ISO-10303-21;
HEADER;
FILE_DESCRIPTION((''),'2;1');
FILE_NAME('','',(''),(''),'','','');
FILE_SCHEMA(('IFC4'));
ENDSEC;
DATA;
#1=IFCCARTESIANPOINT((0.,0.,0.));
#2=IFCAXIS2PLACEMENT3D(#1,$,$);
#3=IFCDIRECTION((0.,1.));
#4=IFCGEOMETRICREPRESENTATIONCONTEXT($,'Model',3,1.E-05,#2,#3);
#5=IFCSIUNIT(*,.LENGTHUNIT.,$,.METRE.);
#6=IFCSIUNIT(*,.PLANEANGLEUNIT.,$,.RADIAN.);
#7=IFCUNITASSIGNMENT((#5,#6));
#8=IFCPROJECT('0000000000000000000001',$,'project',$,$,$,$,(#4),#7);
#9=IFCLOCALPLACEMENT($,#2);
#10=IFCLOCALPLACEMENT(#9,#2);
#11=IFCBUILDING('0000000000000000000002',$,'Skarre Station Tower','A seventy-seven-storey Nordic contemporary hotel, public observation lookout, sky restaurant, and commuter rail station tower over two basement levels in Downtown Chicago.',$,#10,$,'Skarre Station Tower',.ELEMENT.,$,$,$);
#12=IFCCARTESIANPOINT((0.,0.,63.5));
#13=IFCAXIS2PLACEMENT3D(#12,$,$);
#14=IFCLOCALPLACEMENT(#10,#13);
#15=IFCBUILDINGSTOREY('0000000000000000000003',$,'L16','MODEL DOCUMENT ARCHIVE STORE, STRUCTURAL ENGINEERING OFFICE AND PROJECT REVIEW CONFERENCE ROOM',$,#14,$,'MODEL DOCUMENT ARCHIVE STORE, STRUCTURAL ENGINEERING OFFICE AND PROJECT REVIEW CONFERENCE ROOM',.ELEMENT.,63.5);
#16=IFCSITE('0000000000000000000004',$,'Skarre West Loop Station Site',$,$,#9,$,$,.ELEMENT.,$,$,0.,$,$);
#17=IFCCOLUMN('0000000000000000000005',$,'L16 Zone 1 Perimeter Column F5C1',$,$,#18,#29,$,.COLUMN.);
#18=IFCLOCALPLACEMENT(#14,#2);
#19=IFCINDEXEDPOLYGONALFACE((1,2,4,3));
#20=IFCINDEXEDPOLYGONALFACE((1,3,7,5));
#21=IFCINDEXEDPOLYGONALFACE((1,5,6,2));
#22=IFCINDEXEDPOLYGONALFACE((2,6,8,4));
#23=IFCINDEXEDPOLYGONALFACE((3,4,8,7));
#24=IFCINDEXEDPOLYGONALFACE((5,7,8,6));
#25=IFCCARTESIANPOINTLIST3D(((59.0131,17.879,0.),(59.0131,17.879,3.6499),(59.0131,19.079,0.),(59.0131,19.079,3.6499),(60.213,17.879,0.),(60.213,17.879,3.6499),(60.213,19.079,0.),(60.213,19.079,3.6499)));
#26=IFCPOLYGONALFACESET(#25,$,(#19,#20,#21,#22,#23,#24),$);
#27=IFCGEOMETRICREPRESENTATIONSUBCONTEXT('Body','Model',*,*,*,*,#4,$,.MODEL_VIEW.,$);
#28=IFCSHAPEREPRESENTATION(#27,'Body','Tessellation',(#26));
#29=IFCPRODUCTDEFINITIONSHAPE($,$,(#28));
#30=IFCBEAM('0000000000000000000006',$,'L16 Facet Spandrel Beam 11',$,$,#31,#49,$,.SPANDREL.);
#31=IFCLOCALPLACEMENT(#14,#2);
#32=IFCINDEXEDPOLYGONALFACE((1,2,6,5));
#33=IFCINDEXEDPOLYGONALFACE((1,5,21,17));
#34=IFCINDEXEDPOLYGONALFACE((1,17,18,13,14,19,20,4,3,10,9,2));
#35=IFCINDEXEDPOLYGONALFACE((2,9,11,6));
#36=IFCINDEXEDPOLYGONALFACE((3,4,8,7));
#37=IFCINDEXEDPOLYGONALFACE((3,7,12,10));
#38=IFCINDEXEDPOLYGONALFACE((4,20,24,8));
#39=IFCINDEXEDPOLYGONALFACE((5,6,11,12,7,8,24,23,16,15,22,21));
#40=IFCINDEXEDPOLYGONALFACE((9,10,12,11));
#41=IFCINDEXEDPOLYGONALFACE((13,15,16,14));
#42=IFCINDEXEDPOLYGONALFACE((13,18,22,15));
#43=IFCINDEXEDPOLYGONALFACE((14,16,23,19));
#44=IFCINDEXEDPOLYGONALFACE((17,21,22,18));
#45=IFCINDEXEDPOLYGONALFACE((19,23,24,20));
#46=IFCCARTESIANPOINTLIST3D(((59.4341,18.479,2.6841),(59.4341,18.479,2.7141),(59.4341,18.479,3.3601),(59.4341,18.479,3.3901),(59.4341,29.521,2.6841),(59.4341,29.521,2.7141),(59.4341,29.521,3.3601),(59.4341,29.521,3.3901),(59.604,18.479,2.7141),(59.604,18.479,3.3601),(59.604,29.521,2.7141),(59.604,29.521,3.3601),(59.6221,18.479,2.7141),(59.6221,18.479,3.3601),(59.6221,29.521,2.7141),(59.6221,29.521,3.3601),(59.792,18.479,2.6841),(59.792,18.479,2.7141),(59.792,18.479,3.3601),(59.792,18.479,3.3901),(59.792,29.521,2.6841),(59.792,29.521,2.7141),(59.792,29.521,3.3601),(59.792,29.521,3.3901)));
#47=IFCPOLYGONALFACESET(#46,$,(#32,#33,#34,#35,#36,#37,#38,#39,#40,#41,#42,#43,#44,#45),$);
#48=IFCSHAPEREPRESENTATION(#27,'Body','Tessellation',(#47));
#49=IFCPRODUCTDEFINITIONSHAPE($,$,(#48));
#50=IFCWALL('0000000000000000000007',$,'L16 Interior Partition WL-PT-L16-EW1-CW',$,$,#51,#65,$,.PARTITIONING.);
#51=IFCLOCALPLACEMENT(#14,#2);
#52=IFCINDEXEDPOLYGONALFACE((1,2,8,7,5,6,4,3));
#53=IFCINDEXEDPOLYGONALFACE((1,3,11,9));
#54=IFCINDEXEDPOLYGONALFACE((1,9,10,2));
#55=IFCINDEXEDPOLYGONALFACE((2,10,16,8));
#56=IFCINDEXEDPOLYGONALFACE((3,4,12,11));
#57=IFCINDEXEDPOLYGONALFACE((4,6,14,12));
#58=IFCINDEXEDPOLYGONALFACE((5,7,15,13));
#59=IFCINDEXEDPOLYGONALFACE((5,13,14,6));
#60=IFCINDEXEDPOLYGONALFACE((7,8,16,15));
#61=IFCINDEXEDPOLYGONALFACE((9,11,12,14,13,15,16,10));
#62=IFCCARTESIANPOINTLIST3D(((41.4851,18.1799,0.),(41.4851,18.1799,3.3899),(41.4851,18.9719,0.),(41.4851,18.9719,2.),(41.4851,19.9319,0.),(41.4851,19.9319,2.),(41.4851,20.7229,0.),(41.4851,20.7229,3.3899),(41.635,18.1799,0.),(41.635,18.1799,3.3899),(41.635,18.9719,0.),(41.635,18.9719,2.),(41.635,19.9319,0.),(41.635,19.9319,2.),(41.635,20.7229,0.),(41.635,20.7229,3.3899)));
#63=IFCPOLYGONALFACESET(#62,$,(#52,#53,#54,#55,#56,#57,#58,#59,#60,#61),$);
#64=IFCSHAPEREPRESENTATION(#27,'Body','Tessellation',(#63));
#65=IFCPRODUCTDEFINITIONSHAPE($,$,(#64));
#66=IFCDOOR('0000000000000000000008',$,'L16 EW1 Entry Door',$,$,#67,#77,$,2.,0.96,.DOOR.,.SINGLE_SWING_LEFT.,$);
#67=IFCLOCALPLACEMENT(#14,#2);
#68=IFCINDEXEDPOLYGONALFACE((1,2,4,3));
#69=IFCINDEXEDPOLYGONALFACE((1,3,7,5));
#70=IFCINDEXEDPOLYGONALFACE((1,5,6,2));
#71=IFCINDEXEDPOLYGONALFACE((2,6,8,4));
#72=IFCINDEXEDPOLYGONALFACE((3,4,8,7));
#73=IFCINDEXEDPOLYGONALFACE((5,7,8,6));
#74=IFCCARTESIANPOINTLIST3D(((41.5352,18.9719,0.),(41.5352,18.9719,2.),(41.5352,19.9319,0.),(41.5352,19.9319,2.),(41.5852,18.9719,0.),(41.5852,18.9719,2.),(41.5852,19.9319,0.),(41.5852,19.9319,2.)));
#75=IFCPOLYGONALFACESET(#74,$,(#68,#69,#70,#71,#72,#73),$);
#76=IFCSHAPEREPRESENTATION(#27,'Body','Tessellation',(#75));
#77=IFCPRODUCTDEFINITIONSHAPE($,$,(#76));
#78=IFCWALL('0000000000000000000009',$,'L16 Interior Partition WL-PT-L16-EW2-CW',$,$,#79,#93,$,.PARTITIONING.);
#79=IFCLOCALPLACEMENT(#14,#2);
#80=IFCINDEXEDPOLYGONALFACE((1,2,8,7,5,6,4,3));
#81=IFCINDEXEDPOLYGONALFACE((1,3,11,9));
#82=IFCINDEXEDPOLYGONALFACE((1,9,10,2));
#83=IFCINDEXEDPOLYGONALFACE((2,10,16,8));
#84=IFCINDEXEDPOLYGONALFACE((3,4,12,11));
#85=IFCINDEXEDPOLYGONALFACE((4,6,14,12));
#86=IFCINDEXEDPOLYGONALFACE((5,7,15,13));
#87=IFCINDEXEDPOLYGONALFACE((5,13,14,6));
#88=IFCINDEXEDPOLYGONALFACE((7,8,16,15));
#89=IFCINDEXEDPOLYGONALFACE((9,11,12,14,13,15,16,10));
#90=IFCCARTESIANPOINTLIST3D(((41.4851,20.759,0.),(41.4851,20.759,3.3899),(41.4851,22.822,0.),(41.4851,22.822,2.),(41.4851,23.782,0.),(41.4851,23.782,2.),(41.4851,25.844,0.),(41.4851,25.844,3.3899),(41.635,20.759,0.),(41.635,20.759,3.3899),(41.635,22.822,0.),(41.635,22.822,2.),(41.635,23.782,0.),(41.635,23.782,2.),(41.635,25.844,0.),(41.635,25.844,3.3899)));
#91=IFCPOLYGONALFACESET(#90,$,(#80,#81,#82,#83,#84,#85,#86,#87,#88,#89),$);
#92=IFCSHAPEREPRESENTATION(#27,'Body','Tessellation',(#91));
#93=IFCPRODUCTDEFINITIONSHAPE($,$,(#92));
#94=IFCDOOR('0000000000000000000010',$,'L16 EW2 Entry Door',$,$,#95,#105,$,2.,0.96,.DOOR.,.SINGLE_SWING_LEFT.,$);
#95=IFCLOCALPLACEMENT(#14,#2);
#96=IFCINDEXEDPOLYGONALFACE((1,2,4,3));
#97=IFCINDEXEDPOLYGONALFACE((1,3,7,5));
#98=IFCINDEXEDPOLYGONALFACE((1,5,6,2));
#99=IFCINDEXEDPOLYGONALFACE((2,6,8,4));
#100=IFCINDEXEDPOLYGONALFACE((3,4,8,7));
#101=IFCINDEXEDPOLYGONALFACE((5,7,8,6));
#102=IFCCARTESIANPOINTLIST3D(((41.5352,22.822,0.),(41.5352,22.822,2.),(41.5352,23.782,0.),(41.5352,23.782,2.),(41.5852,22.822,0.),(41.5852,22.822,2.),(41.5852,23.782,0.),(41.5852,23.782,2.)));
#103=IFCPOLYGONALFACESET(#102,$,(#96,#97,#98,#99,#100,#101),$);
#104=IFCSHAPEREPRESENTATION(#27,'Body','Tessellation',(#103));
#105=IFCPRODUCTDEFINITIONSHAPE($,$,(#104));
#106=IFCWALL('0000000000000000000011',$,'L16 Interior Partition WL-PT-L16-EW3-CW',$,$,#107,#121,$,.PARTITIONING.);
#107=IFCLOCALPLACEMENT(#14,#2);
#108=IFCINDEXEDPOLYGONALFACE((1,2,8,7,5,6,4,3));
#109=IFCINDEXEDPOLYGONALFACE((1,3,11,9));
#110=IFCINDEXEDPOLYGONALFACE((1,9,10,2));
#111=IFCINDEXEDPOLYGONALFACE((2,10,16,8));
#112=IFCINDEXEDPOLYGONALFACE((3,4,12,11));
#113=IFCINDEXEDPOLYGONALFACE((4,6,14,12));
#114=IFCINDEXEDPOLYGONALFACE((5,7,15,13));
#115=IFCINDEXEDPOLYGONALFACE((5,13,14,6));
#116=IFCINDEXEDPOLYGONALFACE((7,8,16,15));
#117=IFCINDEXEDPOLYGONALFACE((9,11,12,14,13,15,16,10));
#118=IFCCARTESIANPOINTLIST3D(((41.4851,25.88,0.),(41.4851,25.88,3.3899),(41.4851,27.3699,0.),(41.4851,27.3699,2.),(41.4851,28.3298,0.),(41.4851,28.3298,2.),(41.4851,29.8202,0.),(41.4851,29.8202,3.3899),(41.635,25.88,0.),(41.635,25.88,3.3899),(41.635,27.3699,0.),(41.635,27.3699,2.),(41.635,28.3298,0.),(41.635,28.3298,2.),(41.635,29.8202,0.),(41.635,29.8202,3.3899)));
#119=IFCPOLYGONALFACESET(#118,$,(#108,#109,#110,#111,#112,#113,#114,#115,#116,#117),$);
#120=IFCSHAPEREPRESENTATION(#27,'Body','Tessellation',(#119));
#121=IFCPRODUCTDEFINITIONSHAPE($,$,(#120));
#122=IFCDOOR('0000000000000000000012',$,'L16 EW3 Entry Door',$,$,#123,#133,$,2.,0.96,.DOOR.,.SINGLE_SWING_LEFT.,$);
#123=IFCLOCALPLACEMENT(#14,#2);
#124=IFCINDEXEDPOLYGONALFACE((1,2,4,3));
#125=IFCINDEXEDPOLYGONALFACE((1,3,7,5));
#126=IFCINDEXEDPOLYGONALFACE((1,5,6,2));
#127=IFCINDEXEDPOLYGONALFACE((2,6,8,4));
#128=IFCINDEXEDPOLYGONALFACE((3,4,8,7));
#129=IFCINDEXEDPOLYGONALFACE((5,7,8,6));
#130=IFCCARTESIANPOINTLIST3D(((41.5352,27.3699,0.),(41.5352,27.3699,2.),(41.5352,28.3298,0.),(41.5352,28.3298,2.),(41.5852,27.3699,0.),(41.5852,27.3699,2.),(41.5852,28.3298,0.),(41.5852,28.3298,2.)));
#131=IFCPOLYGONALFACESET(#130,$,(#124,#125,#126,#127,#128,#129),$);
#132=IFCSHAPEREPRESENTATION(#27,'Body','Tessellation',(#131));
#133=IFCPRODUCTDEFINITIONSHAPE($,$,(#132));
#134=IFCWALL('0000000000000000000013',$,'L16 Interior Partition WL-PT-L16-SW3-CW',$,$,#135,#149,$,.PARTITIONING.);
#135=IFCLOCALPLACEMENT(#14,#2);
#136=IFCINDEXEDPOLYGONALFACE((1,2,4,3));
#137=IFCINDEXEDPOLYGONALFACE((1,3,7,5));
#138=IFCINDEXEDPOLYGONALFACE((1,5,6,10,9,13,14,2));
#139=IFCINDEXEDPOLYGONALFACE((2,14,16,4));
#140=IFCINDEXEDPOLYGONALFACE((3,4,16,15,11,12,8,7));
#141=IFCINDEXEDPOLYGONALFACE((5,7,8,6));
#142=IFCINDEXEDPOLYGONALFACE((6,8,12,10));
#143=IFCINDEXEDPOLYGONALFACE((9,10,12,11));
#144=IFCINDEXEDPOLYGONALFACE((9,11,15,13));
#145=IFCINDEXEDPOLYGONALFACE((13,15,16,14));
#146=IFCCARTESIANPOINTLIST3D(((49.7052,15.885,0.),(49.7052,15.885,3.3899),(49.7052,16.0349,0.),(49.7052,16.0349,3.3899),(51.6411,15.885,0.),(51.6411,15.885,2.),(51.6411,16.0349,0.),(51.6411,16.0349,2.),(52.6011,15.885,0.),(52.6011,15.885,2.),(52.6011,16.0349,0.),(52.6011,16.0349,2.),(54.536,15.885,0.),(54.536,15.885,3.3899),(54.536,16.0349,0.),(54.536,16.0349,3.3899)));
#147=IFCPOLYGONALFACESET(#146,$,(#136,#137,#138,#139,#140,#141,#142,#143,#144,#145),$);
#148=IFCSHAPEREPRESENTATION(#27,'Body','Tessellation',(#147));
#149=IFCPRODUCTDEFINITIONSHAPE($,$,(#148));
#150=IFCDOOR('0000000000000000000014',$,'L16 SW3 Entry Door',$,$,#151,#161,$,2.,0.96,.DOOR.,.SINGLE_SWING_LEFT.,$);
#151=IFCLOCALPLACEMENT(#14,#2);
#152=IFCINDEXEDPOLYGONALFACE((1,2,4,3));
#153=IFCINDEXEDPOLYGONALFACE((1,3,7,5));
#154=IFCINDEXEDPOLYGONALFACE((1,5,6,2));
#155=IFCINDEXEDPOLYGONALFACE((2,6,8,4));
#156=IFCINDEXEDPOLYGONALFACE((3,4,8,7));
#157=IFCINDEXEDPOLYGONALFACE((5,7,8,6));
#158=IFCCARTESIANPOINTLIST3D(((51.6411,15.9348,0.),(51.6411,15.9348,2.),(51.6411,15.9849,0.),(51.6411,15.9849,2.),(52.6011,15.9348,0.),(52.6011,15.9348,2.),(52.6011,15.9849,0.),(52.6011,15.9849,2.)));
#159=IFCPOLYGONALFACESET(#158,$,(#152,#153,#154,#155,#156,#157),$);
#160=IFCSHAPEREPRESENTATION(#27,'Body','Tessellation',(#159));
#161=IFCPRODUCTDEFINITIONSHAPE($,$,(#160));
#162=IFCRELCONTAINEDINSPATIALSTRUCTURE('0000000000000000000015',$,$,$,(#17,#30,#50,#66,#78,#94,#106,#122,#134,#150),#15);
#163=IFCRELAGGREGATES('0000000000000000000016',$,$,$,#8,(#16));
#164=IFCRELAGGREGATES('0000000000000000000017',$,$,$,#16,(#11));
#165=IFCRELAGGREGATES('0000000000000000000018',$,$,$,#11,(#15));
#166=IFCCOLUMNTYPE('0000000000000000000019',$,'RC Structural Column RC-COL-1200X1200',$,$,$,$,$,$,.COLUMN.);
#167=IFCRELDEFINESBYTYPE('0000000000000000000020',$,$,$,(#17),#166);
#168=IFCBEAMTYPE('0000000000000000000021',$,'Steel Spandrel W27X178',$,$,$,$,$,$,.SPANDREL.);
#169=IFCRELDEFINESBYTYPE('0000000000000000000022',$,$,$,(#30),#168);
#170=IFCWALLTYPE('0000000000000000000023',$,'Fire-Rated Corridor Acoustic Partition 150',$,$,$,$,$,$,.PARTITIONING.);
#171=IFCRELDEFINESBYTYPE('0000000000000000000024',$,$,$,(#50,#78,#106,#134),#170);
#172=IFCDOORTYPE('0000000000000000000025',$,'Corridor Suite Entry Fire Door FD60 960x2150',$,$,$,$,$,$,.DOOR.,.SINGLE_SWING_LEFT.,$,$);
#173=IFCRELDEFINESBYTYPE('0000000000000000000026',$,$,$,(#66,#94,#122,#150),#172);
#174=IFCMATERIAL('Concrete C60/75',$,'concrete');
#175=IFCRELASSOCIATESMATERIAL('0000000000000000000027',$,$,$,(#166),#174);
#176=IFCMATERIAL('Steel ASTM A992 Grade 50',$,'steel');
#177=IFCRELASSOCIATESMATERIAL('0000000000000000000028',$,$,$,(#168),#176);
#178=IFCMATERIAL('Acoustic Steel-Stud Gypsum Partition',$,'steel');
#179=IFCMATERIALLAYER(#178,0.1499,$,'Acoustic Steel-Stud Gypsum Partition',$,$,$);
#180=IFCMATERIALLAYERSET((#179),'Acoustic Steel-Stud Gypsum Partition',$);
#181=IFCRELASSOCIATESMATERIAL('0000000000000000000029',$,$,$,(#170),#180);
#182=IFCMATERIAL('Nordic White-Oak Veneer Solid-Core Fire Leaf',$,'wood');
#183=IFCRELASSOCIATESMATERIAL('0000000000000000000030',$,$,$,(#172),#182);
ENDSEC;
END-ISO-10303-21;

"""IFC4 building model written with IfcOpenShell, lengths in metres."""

from ifc_helpers import new_model, si_unit, direction, frame, frame_2d, origin, origin_2d, place, context, subcontext, project, spatial, rectangle, i_section, extrude, material, layer, layer_set, material_profile, profile_set, type_object, element, fill, save


model = new_model("IFC4")

# Units and contexts
model_context = context("Model", 3, precision=1e-05, world=origin(), true_north=direction((0.0, 1.0)))
body_context = subcontext(model_context, "Body", "Model", "MODEL_VIEW")
ifc_project = project(units=[si_unit("LENGTHUNIT", "METRE"), si_unit("PLANEANGLEUNIT", "RADIAN")], contexts=[model_context])

# Site, building, storey
site_placement = place(None, origin())
site = spatial("IfcSite", under=ifc_project, at=site_placement, Name="Skarre West Loop Station Site", CompositionType="ELEMENT", RefElevation=0.0)
building_placement = place(site_placement, origin())
building = spatial("IfcBuilding", under=site, at=building_placement, Name="Skarre Station Tower", Description="A seventy-seven-storey Nordic contemporary hotel, public observation lookout, sky restaurant, and commuter rail station tower over two basement levels in Downtown Chicago.", LongName="Skarre Station Tower", CompositionType="ELEMENT")
storey_placement = place(building_placement, frame((0.0, 0.0, 63.5)))
storey = spatial("IfcBuildingStorey", under=building, at=storey_placement, Name="L16", Description="MODEL DOCUMENT ARCHIVE STORE, STRUCTURAL ENGINEERING OFFICE AND PROJECT REVIEW CONFERENCE ROOM", LongName="MODEL DOCUMENT ARCHIVE STORE, STRUCTURAL ENGINEERING OFFICE AND PROJECT REVIEW CONFERENCE ROOM", CompositionType="ELEMENT", Elevation=63.5)

# Column
ifc_material_1 = material(Name="Concrete C60/75", Category="concrete")
ifc_material_profile_1 = material_profile(ifc_material_1, rectangle(XDim=1.2, YDim=1.2, at=origin_2d()), Name="Concrete C60/75")
ifc_profile_set_1 = profile_set([ifc_material_profile_1], Name="Concrete C60/75")
column_type = type_object("IfcColumnType", Name="RC Structural Column RC-COL-1200X1200", PredefinedType="COLUMN", material=ifc_profile_set_1)
column_placement = place(storey_placement, frame((59.613, 18.479, 0.0), z_axis=(0.0, 0.0, 1.0), x_axis=(1.0, 0.0, 0.0)))
element("IfcColumn", 1, at=column_placement, inside=storey, type_object=column_type, Name="L16 Zone 1 Perimeter Column F5C1", PredefinedType="COLUMN", context=body_context, shape_type="SweptSolid", body=[
    extrude(rectangle(XDim=1.2, YDim=1.2, at=origin_2d()), origin(), (0.0, 0.0, 1.0), 3.6499),
])

# Beam
ifc_material_2 = material(Name="Steel ASTM A992 Grade 50", Category="steel")
ifc_material_profile_2 = material_profile(ifc_material_2, i_section(OverallWidth=0.3579, OverallDepth=0.7061, WebThickness=0.0181, FlangeThickness=0.03, at=origin_2d()), Name="Steel ASTM A992 Grade 50")
ifc_profile_set_2 = profile_set([ifc_material_profile_2], Name="Steel ASTM A992 Grade 50")
beam_type = type_object("IfcBeamType", Name="Steel Spandrel W27X178", PredefinedType="SPANDREL", material=ifc_profile_set_2)
beam_placement = place(storey_placement, frame((59.613, 18.479, 3.0371), z_axis=(0.0, 1.0, 0.0), x_axis=(-1.0, 0.0, 0.0)))
element("IfcBeam", 2, at=beam_placement, inside=storey, type_object=beam_type, Name="L16 Facet Spandrel Beam 11", PredefinedType="SPANDREL", context=body_context, shape_type="SweptSolid", body=[
    extrude(i_section(OverallWidth=0.3579, OverallDepth=0.7061, WebThickness=0.0181, FlangeThickness=0.03, at=origin_2d()), origin(), (0.0, 0.0, 1.0), 11.042),
])

# Walls, openings, doors
ifc_material_3 = material(Name="Acoustic Steel-Stud Gypsum Partition", Category="steel")
ifc_layer_1 = layer(ifc_material_3, 0.1499, Name="Acoustic Steel-Stud Gypsum Partition")
ifc_layer_set_1 = layer_set([ifc_layer_1], Name="Acoustic Steel-Stud Gypsum Partition")
wall_type_1 = type_object("IfcWallType", Name="Fire-Rated Corridor Acoustic Partition 150", PredefinedType="PARTITIONING", material=ifc_layer_set_1)
wall_1_placement = place(storey_placement, frame((41.5601, 18.1799, 0.0), z_axis=(0.0, 0.0, 1.0), x_axis=(0.0, 1.0, 0.0)))
wall_1 = element("IfcWall", 3, at=wall_1_placement, inside=storey, type_object=wall_type_1, Name="L16 Interior Partition WL-PT-L16-EW1-CW", PredefinedType="PARTITIONING", context=body_context, shape_type="SweptSolid", body=[
    extrude(rectangle(XDim=2.543, YDim=0.1499, at=frame_2d((1.2715, 0.0))), origin(), (0.0, 0.0, 1.0), 3.3899),
])
opening_1_placement = place(wall_1_placement, frame((0.792, 0.0, 0.0)))
opening_1 = element("IfcOpeningElement", 4, at=opening_1_placement, cuts=wall_1, PredefinedType="OPENING", context=body_context, shape_type="SweptSolid", body=[
    extrude(rectangle(XDim=0.96, YDim=2.0, at=frame_2d((0.48, 1.0))), frame((0.0, 0.085, 0.0), z_axis=(0.0, -1.0, 0.0), x_axis=(1.0, 0.0, 0.0)), (0.0, 0.0, 1.0), 0.1699),
])
ifc_material_4 = material(Name="Nordic White-Oak Veneer Solid-Core Fire Leaf", Category="wood")
door_type = type_object("IfcDoorType", Name="Corridor Suite Entry Fire Door FD60 960x2150", OperationType="SINGLE_SWING_LEFT", PredefinedType="DOOR", material=ifc_material_4)
door_1_placement = place(opening_1_placement, origin())
door_1 = element("IfcDoor", 5, at=door_1_placement, inside=storey, type_object=door_type, Name="L16 EW1 Entry Door", OperationType="SINGLE_SWING_LEFT", OverallHeight=2.0, OverallWidth=0.96, PredefinedType="DOOR", context=body_context, shape_type="SweptSolid", body=[
    extrude(rectangle(XDim=0.96, YDim=2.0, at=frame_2d((0.48, 1.0))), frame((0.0, 0.0249, 0.0), z_axis=(0.0, -1.0, 0.0), x_axis=(1.0, 0.0, 0.0)), (0.0, 0.0, 1.0), 0.05),
])
fill(opening_1, door_1)
wall_2_placement = place(storey_placement, frame((41.5601, 20.759, 0.0), z_axis=(0.0, 0.0, 1.0), x_axis=(0.0, 1.0, 0.0)))
wall_2 = element("IfcWall", 6, at=wall_2_placement, inside=storey, type_object=wall_type_1, Name="L16 Interior Partition WL-PT-L16-EW2-CW", PredefinedType="PARTITIONING", context=body_context, shape_type="SweptSolid", body=[
    extrude(rectangle(XDim=5.085, YDim=0.1499, at=frame_2d((2.5425, 0.0))), origin(), (0.0, 0.0, 1.0), 3.3899),
])
opening_2_placement = place(wall_2_placement, frame((2.063, 0.0, 0.0)))
opening_2 = element("IfcOpeningElement", 7, at=opening_2_placement, cuts=wall_2, PredefinedType="OPENING", context=body_context, shape_type="SweptSolid", body=[
    extrude(rectangle(XDim=0.96, YDim=2.0, at=frame_2d((0.48, 1.0))), frame((0.0, 0.085, 0.0), z_axis=(0.0, -1.0, 0.0), x_axis=(1.0, 0.0, 0.0)), (0.0, 0.0, 1.0), 0.1699),
])
door_2_placement = place(opening_2_placement, origin())
door_2 = element("IfcDoor", 8, at=door_2_placement, inside=storey, type_object=door_type, Name="L16 EW2 Entry Door", OperationType="SINGLE_SWING_LEFT", OverallHeight=2.0, OverallWidth=0.96, PredefinedType="DOOR", context=body_context, shape_type="SweptSolid", body=[
    extrude(rectangle(XDim=0.96, YDim=2.0, at=frame_2d((0.48, 1.0))), frame((0.0, 0.0249, 0.0), z_axis=(0.0, -1.0, 0.0), x_axis=(1.0, 0.0, 0.0)), (0.0, 0.0, 1.0), 0.05),
])
fill(opening_2, door_2)
wall_3_placement = place(storey_placement, frame((41.5601, 25.8799, 0.0), z_axis=(0.0, 0.0, 1.0), x_axis=(0.0, 1.0, 0.0)))
wall_3 = element("IfcWall", 9, at=wall_3_placement, inside=storey, type_object=wall_type_1, Name="L16 Interior Partition WL-PT-L16-EW3-CW", PredefinedType="PARTITIONING", context=body_context, shape_type="SweptSolid", body=[
    extrude(rectangle(XDim=3.9402, YDim=0.1499, at=frame_2d((1.9702, 0.0))), origin(), (0.0, 0.0, 1.0), 3.3899),
])
opening_3_placement = place(wall_3_placement, frame((1.49, 0.0, 0.0)))
opening_3 = element("IfcOpeningElement", 10, at=opening_3_placement, cuts=wall_3, PredefinedType="OPENING", context=body_context, shape_type="SweptSolid", body=[
    extrude(rectangle(XDim=0.96, YDim=2.0, at=frame_2d((0.48, 1.0))), frame((0.0, 0.085, 0.0), z_axis=(0.0, -1.0, 0.0), x_axis=(1.0, 0.0, 0.0)), (0.0, 0.0, 1.0), 0.1699),
])
door_3_placement = place(opening_3_placement, origin())
door_3 = element("IfcDoor", 11, at=door_3_placement, inside=storey, type_object=door_type, Name="L16 EW3 Entry Door", OperationType="SINGLE_SWING_LEFT", OverallHeight=2.0, OverallWidth=0.96, PredefinedType="DOOR", context=body_context, shape_type="SweptSolid", body=[
    extrude(rectangle(XDim=0.96, YDim=2.0, at=frame_2d((0.48, 1.0))), frame((0.0, 0.0249, 0.0), z_axis=(0.0, -1.0, 0.0), x_axis=(1.0, 0.0, 0.0)), (0.0, 0.0, 1.0), 0.05),
])
fill(opening_3, door_3)
wall_4_placement = place(storey_placement, frame((49.7051, 15.96, 0.0), z_axis=(0.0, 0.0, 1.0), x_axis=(1.0, 0.0, 0.0)))
wall_4 = element("IfcWall", 12, at=wall_4_placement, inside=storey, type_object=wall_type_1, Name="L16 Interior Partition WL-PT-L16-SW3-CW", PredefinedType="PARTITIONING", context=body_context, shape_type="SweptSolid", body=[
    extrude(rectangle(XDim=4.8308, YDim=0.1499, at=frame_2d((2.4155, 0.0))), origin(), (0.0, 0.0, 1.0), 3.3899),
])
opening_4_placement = place(wall_4_placement, frame((1.936, 0.0, 0.0)))
opening_4 = element("IfcOpeningElement", 13, at=opening_4_placement, cuts=wall_4, PredefinedType="OPENING", context=body_context, shape_type="SweptSolid", body=[
    extrude(rectangle(XDim=0.96, YDim=2.0, at=frame_2d((0.48, 1.0))), frame((0.0, 0.085, 0.0), z_axis=(0.0, -1.0, 0.0), x_axis=(1.0, 0.0, 0.0)), (0.0, 0.0, 1.0), 0.1699),
])
door_4_placement = place(opening_4_placement, origin())
door_4 = element("IfcDoor", 14, at=door_4_placement, inside=storey, type_object=door_type, Name="L16 SW3 Entry Door", OperationType="SINGLE_SWING_LEFT", OverallHeight=2.0, OverallWidth=0.96, PredefinedType="DOOR", context=body_context, shape_type="SweptSolid", body=[
    extrude(rectangle(XDim=0.96, YDim=2.0, at=frame_2d((0.48, 1.0))), frame((0.0, 0.0249, 0.0), z_axis=(0.0, -1.0, 0.0), x_axis=(1.0, 0.0, 0.0)), (0.0, 0.0, 1.0), 0.05),
])
fill(opening_4, door_4)

save(model, "model.ifc")
